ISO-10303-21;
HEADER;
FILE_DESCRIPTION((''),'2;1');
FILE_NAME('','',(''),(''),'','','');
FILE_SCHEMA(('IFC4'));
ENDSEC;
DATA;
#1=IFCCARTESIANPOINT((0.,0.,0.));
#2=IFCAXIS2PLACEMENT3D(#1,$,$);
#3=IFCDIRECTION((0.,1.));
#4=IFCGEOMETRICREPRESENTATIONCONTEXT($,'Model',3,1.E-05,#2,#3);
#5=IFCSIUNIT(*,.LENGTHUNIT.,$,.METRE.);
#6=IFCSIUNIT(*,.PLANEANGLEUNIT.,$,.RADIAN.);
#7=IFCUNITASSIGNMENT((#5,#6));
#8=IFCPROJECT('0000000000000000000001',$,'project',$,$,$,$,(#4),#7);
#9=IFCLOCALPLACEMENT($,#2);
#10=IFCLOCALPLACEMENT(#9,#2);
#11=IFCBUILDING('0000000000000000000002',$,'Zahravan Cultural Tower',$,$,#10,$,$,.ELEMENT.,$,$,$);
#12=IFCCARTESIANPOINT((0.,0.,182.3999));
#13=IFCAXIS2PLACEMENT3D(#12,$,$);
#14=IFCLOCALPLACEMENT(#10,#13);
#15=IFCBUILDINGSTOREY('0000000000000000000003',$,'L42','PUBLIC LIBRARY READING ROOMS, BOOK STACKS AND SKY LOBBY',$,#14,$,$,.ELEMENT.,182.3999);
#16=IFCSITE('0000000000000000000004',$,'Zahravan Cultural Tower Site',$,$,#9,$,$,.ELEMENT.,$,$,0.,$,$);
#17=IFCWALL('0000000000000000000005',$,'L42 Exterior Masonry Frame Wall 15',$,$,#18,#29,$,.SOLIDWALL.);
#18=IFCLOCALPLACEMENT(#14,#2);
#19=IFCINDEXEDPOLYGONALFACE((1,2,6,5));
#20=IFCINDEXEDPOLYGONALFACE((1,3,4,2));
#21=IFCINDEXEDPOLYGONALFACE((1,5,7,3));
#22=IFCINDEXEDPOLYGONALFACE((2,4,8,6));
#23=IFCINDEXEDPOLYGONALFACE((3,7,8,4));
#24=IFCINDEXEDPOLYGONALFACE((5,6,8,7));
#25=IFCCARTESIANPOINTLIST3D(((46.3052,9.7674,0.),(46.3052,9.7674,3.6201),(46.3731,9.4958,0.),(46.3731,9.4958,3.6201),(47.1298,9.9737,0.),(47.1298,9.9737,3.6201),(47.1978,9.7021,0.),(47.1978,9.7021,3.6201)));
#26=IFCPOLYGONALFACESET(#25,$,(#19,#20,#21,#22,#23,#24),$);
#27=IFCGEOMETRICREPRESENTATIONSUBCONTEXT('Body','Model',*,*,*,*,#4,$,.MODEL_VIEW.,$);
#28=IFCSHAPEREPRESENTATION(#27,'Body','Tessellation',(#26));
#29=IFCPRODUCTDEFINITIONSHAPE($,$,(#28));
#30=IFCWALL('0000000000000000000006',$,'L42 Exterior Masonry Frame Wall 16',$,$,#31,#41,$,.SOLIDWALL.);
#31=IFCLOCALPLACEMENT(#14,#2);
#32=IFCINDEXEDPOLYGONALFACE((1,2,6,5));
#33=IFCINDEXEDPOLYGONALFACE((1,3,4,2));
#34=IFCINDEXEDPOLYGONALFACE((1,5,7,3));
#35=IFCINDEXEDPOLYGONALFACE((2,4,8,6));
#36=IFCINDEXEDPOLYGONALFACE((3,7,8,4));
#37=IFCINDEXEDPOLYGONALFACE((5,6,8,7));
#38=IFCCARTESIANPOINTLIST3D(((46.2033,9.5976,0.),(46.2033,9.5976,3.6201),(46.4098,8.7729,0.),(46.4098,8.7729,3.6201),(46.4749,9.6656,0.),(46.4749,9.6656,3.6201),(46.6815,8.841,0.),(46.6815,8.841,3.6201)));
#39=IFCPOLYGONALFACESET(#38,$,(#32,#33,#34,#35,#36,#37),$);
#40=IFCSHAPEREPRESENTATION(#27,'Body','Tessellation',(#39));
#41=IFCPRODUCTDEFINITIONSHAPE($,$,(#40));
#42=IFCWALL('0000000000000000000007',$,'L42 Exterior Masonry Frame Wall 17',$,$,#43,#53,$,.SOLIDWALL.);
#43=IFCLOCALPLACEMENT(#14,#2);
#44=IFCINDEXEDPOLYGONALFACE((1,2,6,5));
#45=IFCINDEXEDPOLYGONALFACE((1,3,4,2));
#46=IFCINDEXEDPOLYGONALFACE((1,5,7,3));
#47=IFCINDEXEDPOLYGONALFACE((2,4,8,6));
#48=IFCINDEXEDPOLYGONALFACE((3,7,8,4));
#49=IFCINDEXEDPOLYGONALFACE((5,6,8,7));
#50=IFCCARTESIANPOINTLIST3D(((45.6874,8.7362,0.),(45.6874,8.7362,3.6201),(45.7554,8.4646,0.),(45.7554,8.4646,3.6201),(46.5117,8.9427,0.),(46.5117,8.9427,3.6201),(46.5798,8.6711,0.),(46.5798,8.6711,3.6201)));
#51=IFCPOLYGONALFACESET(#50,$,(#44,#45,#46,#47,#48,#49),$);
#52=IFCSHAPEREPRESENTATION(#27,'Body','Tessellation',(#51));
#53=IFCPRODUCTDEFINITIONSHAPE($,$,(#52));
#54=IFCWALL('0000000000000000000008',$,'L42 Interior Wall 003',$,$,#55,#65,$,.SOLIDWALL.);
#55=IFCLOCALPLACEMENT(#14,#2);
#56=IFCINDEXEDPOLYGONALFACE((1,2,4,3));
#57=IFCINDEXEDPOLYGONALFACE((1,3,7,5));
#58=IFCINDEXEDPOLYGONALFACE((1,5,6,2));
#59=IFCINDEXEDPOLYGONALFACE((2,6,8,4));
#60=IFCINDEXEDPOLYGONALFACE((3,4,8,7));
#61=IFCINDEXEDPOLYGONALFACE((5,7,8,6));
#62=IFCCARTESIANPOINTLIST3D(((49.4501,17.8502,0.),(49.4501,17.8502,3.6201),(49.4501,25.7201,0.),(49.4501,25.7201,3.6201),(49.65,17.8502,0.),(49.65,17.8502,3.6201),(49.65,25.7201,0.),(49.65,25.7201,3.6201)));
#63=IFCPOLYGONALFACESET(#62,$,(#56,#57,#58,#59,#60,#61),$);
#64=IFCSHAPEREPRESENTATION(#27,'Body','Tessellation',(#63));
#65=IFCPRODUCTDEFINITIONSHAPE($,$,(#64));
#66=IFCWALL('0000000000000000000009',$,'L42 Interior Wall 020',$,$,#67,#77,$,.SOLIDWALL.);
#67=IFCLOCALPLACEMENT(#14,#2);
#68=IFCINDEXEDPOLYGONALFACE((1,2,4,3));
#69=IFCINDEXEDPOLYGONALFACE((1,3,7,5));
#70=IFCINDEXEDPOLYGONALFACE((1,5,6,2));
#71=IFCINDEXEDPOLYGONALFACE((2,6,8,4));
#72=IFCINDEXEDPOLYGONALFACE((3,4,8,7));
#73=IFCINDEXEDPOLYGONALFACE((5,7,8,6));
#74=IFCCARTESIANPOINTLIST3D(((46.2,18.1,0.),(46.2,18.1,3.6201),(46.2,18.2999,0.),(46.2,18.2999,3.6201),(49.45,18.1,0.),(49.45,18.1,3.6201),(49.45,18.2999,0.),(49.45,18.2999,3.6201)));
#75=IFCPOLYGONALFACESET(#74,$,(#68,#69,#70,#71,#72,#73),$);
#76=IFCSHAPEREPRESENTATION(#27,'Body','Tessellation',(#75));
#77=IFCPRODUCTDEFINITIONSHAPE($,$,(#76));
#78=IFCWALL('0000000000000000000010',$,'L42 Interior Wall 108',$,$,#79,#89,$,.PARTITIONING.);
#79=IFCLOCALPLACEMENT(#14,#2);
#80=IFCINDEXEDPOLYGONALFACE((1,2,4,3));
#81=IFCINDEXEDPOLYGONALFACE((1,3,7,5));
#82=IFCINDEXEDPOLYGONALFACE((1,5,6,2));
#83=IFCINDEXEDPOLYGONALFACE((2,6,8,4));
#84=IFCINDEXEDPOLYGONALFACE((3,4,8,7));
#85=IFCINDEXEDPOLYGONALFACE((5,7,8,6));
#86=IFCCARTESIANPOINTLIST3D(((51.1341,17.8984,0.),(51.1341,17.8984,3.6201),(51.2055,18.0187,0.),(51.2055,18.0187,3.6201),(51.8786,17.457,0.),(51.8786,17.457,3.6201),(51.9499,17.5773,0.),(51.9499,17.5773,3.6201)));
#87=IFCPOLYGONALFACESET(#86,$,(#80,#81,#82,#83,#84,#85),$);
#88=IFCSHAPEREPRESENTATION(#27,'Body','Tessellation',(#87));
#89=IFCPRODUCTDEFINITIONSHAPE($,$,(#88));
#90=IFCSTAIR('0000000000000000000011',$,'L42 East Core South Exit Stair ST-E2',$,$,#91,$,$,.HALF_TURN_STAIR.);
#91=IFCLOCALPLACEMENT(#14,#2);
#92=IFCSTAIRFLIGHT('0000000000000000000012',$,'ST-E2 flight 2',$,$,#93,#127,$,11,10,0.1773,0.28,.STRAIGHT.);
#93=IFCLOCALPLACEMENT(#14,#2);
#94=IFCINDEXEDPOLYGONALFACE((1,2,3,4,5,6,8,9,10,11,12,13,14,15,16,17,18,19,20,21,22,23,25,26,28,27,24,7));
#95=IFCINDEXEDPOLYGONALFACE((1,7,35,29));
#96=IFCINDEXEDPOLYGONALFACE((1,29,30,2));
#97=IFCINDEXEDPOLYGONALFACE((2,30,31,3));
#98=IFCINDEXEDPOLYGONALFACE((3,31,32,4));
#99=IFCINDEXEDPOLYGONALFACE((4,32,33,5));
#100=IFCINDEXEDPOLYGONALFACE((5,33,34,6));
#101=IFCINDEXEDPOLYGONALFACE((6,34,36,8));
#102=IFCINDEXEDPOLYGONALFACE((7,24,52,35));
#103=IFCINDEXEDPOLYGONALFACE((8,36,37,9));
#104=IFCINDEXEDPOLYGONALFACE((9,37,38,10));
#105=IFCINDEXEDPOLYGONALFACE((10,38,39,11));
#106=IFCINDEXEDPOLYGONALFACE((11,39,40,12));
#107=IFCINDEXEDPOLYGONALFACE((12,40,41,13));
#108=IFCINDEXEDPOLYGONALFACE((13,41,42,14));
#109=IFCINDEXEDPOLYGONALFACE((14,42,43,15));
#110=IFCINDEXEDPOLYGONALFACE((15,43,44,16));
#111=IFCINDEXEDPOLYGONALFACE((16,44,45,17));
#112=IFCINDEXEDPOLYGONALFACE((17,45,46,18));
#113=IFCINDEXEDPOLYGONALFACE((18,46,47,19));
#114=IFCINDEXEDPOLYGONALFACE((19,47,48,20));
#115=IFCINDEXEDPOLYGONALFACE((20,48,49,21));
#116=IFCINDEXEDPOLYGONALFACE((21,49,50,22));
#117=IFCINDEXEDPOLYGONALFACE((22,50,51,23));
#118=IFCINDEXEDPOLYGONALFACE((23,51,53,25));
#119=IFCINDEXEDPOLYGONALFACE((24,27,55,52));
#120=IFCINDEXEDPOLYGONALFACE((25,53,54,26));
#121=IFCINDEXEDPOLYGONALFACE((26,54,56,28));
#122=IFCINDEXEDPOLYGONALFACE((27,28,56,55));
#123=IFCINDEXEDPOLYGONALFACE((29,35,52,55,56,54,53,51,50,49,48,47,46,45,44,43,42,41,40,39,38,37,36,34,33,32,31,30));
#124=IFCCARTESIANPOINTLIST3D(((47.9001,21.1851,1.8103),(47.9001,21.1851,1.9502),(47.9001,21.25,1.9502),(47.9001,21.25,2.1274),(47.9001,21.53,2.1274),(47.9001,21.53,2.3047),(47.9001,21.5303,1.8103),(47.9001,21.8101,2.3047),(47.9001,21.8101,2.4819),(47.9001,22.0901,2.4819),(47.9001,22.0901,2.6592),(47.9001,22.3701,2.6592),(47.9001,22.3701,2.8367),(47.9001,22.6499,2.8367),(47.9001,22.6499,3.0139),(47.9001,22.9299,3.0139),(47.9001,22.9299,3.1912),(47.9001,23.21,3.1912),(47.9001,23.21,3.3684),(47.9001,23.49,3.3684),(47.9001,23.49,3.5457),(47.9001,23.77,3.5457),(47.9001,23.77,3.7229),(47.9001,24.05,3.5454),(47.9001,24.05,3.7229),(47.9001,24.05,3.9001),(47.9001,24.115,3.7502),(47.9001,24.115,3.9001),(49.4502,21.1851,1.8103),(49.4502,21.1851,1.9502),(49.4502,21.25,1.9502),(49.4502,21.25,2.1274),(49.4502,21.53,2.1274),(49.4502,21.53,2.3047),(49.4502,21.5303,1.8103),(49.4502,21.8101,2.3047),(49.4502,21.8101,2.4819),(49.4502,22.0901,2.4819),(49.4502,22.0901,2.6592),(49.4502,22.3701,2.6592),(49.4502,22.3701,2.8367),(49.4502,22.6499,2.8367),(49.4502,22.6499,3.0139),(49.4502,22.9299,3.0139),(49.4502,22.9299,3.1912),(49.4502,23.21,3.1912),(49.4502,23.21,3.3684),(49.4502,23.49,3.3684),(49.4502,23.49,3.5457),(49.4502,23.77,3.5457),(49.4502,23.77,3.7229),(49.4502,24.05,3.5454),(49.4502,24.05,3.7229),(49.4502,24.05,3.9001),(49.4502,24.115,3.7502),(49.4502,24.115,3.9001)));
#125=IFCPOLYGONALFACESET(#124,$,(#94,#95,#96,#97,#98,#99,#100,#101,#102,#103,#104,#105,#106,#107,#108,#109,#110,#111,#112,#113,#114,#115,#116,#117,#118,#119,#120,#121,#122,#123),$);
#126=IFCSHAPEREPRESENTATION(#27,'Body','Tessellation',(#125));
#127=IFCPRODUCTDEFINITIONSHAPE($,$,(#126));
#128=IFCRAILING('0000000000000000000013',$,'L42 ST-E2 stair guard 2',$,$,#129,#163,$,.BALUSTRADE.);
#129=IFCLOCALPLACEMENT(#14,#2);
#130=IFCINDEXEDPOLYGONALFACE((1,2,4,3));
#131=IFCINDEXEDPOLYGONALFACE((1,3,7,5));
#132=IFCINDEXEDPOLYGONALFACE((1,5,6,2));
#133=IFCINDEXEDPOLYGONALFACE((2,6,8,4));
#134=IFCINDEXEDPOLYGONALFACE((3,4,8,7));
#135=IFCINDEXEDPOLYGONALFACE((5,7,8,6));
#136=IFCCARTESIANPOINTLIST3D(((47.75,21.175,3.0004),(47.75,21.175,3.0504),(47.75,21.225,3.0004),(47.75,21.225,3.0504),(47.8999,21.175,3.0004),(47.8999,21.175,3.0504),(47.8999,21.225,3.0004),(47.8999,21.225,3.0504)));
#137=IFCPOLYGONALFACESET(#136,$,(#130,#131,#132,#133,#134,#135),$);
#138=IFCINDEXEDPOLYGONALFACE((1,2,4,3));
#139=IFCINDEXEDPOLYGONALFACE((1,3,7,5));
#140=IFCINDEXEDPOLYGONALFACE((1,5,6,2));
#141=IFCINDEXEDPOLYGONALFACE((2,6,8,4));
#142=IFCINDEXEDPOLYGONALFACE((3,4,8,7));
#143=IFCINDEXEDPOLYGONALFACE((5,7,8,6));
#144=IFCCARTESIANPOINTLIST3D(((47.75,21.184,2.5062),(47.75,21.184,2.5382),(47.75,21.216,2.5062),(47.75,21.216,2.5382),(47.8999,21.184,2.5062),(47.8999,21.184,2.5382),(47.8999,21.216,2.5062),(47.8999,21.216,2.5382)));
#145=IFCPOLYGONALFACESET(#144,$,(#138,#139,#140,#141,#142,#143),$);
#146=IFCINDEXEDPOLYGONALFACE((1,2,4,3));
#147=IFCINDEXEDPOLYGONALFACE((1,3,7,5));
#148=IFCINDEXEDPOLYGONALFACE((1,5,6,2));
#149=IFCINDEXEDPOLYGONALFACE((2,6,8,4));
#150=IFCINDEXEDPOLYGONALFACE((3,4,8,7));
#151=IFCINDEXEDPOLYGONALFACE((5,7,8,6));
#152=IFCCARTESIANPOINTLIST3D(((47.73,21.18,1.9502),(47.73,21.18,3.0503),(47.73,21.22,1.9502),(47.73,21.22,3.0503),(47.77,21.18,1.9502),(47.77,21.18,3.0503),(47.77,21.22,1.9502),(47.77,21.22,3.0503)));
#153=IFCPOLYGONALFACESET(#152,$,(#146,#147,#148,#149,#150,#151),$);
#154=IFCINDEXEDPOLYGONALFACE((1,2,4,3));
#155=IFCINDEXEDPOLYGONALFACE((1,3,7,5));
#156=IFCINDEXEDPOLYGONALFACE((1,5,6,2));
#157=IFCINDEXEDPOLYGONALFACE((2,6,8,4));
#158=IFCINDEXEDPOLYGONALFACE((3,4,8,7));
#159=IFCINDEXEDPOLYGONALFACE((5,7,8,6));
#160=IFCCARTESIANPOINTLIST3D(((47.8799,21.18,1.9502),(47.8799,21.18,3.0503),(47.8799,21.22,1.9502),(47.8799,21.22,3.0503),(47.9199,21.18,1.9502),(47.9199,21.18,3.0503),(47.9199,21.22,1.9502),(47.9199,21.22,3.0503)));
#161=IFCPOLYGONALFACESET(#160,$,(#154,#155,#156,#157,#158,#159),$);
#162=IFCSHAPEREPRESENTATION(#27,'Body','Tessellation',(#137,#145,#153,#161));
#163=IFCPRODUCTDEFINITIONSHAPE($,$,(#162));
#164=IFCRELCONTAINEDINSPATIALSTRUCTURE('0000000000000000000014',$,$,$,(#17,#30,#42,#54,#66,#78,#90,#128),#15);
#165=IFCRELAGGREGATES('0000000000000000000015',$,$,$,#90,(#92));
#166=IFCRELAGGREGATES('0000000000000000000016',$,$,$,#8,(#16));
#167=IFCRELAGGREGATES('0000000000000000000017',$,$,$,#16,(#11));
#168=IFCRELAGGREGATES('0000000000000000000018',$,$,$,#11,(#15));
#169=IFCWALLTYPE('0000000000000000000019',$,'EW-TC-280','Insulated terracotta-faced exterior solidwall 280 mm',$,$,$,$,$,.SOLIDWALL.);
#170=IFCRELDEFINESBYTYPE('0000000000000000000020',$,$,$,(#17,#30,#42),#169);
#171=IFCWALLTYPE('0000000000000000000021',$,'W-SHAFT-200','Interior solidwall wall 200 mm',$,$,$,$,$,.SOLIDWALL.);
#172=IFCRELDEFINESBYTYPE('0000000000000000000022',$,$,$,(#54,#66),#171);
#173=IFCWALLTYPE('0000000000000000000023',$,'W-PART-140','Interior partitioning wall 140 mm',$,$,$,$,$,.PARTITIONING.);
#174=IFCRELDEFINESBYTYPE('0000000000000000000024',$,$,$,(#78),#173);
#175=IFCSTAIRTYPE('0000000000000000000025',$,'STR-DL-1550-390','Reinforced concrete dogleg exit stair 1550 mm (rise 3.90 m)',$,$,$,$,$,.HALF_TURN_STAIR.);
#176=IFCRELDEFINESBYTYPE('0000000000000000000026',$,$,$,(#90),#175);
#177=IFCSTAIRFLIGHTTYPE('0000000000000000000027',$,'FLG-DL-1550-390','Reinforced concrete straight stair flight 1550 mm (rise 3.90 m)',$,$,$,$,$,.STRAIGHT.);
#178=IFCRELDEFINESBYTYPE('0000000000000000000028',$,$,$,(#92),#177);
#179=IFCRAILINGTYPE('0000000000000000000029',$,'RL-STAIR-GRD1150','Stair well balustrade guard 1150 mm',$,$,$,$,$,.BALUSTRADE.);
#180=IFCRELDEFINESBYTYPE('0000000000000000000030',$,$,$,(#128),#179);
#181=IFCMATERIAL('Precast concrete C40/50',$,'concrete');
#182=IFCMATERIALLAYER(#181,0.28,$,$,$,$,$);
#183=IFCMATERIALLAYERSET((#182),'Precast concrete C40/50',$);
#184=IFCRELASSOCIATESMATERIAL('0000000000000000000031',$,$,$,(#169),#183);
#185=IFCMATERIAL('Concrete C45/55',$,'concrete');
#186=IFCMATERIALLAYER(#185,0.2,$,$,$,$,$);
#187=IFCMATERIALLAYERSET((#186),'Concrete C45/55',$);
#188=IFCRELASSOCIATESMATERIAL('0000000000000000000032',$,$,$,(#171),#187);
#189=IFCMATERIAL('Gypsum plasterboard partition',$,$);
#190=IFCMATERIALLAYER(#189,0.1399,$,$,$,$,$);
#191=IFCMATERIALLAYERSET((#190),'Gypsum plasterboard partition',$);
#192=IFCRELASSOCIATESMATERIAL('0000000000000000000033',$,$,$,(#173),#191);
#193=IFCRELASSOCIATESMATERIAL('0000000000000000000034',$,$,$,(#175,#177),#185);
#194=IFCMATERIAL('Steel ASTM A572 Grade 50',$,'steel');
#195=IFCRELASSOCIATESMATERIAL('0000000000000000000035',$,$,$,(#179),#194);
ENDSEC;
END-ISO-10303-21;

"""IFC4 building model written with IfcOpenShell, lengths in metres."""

from ifc_helpers import new_model, si_unit, direction, frame, frame_2d, origin, origin_2d, place, context, subcontext, project, spatial, polyline, rectangle, outline, extrude, source, transform, mapped, material, layer, layer_set, type_object, element, aggregate, save


model = new_model("IFC4")

# Units and contexts
model_context = context("Model", 3, precision=1e-05, world=origin(), true_north=direction((0.0, 1.0)))
body_context = subcontext(model_context, "Body", "Model", "MODEL_VIEW")
ifc_project = project(units=[si_unit("LENGTHUNIT", "METRE"), si_unit("PLANEANGLEUNIT", "RADIAN")], contexts=[model_context])

# Site, building, storey
site_placement = place(None, origin())
site = spatial("IfcSite", under=ifc_project, at=site_placement, Name="Zahravan Cultural Tower Site", CompositionType="ELEMENT", RefElevation=0.0)
building_placement = place(site_placement, origin())
building = spatial("IfcBuilding", under=site, at=building_placement, Name="Zahravan Cultural Tower", CompositionType="ELEMENT")
storey_placement = place(building_placement, frame((0.0, 0.0, 182.3999)))
storey = spatial("IfcBuildingStorey", under=building, at=storey_placement, Name="L42", Description="PUBLIC LIBRARY READING ROOMS, BOOK STACKS AND SKY LOBBY", CompositionType="ELEMENT", Elevation=182.3999)

# Shared definitions
ifc_material_1 = material(Name="Precast concrete C40/50", Category="concrete")
ifc_layer_1 = layer(ifc_material_1, 0.28)
ifc_layer_set_1 = layer_set([ifc_layer_1], Name="Precast concrete C40/50")
wall_type_1 = type_object("IfcWallType", Name="EW-TC-280", Description="Insulated terracotta-faced exterior solidwall 280 mm", PredefinedType="SOLIDWALL", material=ifc_layer_set_1)

# Shared definitions
ifc_material_2 = material(Name="Concrete C45/55", Category="concrete")
ifc_layer_2 = layer(ifc_material_2, 0.2)
ifc_layer_set_2 = layer_set([ifc_layer_2], Name="Concrete C45/55")
wall_type_2 = type_object("IfcWallType", Name="W-SHAFT-200", Description="Interior solidwall wall 200 mm", PredefinedType="SOLIDWALL", material=ifc_layer_set_2)
ifc_material_3 = material(Name="Steel ASTM A572 Grade 50", Category="steel")

# Walls
shared_shape_1 = source(origin(), body_context, "Body", "SweptSolid", [
    extrude(rectangle(XDim=0.8501, YDim=0.28, at=frame_2d((0.425, 0.0))), origin(), (0.0, 0.0, 1.0), 3.6201),
])
for number, where, z_axis, x_axis, name in (
    (1, (47.1638, 9.8379, 0.0), (0.0, 0.0, 1.0), (-0.970109, -0.242671, 0.0), "L42 Exterior Masonry Frame Wall 15"),
    (2, (46.3391, 9.6316, 0.0), (0.0, 0.0, 1.0), (0.242941, -0.970041, 0.0), "L42 Exterior Masonry Frame Wall 16"),
):
    element("IfcWall", number, at=place(storey_placement, frame(where, z_axis=z_axis, x_axis=x_axis)), inside=storey, type_object=wall_type_1, Name=name, PredefinedType="SOLIDWALL", context=body_context, shape_type="MappedRepresentation", body=[
        mapped(shared_shape_1, transform((0.0, 0.0, 0.0), x_axis=(1.0, 0.0, 0.0), y_axis=(0.0, 1.0, 0.0), z_axis=(0.0, 0.0, 1.0), scale=1.0)),
    ])
shared_shape_2 = source(origin(), body_context, "Body", "SweptSolid", [
    extrude(rectangle(XDim=0.8499, YDim=0.28, at=frame_2d((0.4248, 0.0))), origin(), (0.0, 0.0, 1.0), 3.6201),
])
wall_1_placement = place(storey_placement, frame((46.5457, 8.8069, 0.0), z_axis=(0.0, 0.0, 1.0), x_axis=(-0.970024, -0.243009, 0.0)))
element("IfcWall", 3, at=wall_1_placement, inside=storey, type_object=wall_type_1, Name="L42 Exterior Masonry Frame Wall 17", PredefinedType="SOLIDWALL", context=body_context, shape_type="MappedRepresentation", body=[
    mapped(shared_shape_2, transform((0.0, 0.0, 0.0), x_axis=(1.0, 0.0, 0.0), y_axis=(0.0, 1.0, 0.0), z_axis=(0.0, 0.0, 1.0), scale=1.0)),
])
shared_shape_3 = source(origin(), body_context, "Body", "SweptSolid", [
    extrude(rectangle(XDim=7.8699, YDim=0.2, at=frame_2d((3.9351, 0.0))), origin(), (0.0, 0.0, 1.0), 3.6201),
])
wall_2_placement = place(storey_placement, frame((49.55, 17.8501, 0.0), z_axis=(0.0, 0.0, 1.0), x_axis=(0.0, 1.0, 0.0)))
element("IfcWall", 4, at=wall_2_placement, inside=storey, type_object=wall_type_2, Name="L42 Interior Wall 003", PredefinedType="SOLIDWALL", context=body_context, shape_type="MappedRepresentation", body=[
    mapped(shared_shape_3, transform((0.0, 0.0, 0.0), x_axis=(1.0, 0.0, 0.0), y_axis=(0.0, 1.0, 0.0), z_axis=(0.0, 0.0, 1.0), scale=1.0)),
])
shared_shape_4 = source(origin(), body_context, "Body", "SweptSolid", [
    extrude(rectangle(XDim=3.25, YDim=0.2, at=frame_2d((1.625, 0.0))), origin(), (0.0, 0.0, 1.0), 3.6201),
])
wall_3_placement = place(storey_placement, frame((46.2, 18.2, 0.0), z_axis=(0.0, 0.0, 1.0), x_axis=(1.0, 0.0, 0.0)))
element("IfcWall", 5, at=wall_3_placement, inside=storey, type_object=wall_type_2, Name="L42 Interior Wall 020", PredefinedType="SOLIDWALL", context=body_context, shape_type="MappedRepresentation", body=[
    mapped(shared_shape_4, transform((0.0, 0.0, 0.0), x_axis=(1.0, 0.0, 0.0), y_axis=(0.0, 1.0, 0.0), z_axis=(0.0, 0.0, 1.0), scale=1.0)),
])
ifc_material_4 = material(Name="Gypsum plasterboard partition")
ifc_layer_3 = layer(ifc_material_4, 0.1399)
ifc_layer_set_3 = layer_set([ifc_layer_3], Name="Gypsum plasterboard partition")
wall_type_3 = type_object("IfcWallType", Name="W-PART-140", Description="Interior partitioning wall 140 mm", PredefinedType="PARTITIONING", material=ifc_layer_set_3)
shared_shape_5 = source(origin(), body_context, "Body", "SweptSolid", [
    extrude(rectangle(XDim=0.8655, YDim=0.1399, at=frame_2d((0.4326, 0.0))), origin(), (0.0, 0.0, 1.0), 3.6201),
])
wall_4_placement = place(storey_placement, frame((51.1699, 17.9585, 0.0), z_axis=(0.0, 0.0, 1.0), x_axis=(0.860145, -0.51005, 0.0)))
element("IfcWall", 6, at=wall_4_placement, inside=storey, type_object=wall_type_3, Name="L42 Interior Wall 108", PredefinedType="PARTITIONING", context=body_context, shape_type="MappedRepresentation", body=[
    mapped(shared_shape_5, transform((0.0, 0.0, 0.0), x_axis=(1.0, 0.0, 0.0), y_axis=(0.0, 1.0, 0.0), z_axis=(0.0, 0.0, 1.0), scale=1.0)),
])

# Stair, stair flight
stair_type = type_object("IfcStairType", Name="STR-DL-1550-390", Description="Reinforced concrete dogleg exit stair 1550 mm (rise 3.90 m)", PredefinedType="HALF_TURN_STAIR", material=ifc_material_2)
stair_placement = place(storey_placement, origin())
stair = element("IfcStair", 7, at=stair_placement, inside=storey, type_object=stair_type, Name="L42 East Core South Exit Stair ST-E2", PredefinedType="HALF_TURN_STAIR")
stair_flight_type = type_object("IfcStairFlightType", Name="FLG-DL-1550-390", Description="Reinforced concrete straight stair flight 1550 mm (rise 3.90 m)", PredefinedType="STRAIGHT", material=ifc_material_2)
stair_flight_placement = place(storey_placement, frame((48.675, 21.25, 1.9502), z_axis=(0.0, 0.0, 1.0), x_axis=(0.0, 1.0, 0.0)))
stair_flight = element("IfcStairFlight", 8, at=stair_flight_placement, type_object=stair_flight_type, Name="ST-E2 flight 2", NumberOfRisers=11, NumberOfTreads=10, PredefinedType="STRAIGHT", RiserHeight=0.1773, TreadLength=0.28, context=body_context, shape_type="SweptSolid", body=[
    extrude(outline(polyline([(-0.0649, -0.1399), (-0.0649, 0.0), (0.0, 0.0), (0.0, 0.1772), (0.28, 0.1772), (0.28, 0.3545), (0.5601, 0.3545), (0.5601, 0.5317), (0.8401, 0.5317), (0.8401, 0.709), (1.1201, 0.709), (1.1201, 0.8865), (1.3999, 0.8865), (1.3999, 1.0637), (1.6799, 1.0637), (1.6799, 1.241), (1.96, 1.241), (1.96, 1.4182), (2.24, 1.4182), (2.24, 1.5955), (2.52, 1.5955), (2.52, 1.7727), (2.8, 1.7727), (2.8, 1.95), (2.865, 1.95), (2.865, 1.8), (2.8, 1.5952), (0.2803, -0.1399), (-0.0649, -0.1399)])), frame((0.0, 0.7749, 0.0), z_axis=(0.0, -1.0, 0.0), x_axis=(1.0, 0.0, 0.0)), (0.0, 0.0, 1.0), 1.55),
])
aggregate(stair, [stair_flight])

# Railing
railing_type = type_object("IfcRailingType", Name="RL-STAIR-GRD1150", Description="Stair well balustrade guard 1150 mm", PredefinedType="BALUSTRADE", material=ifc_material_3)
railing_1_placement = place(storey_placement, frame((47.75, 21.2, 1.9502)))
element("IfcRailing", 9, at=railing_1_placement, inside=storey, type_object=railing_type, Name="L42 ST-E2 stair guard 2", PredefinedType="BALUSTRADE", context=body_context, shape_type="SweptSolid", body=[
    extrude(rectangle(XDim=0.05, YDim=0.05, at=origin_2d()), frame((0.0, 0.0, 1.0752), z_axis=(1.0, 0.0, 0.0), x_axis=(0.0, 1.0, 0.0)), (0.0, 0.0, 1.0), 0.1499),
    extrude(rectangle(XDim=0.032, YDim=0.032, at=origin_2d()), frame((0.0, 0.0, 0.572), z_axis=(1.0, 0.0, 0.0), x_axis=(0.0, 1.0, 0.0)), (0.0, 0.0, 1.0), 0.1499),
    extrude(rectangle(XDim=0.04, YDim=0.04, at=origin_2d()), origin(), (0.0, 0.0, 1.0), 1.1001),
    extrude(rectangle(XDim=0.04, YDim=0.04, at=origin_2d()), frame((0.1499, 0.0, 0.0)), (0.0, 0.0, 1.0), 1.1001),
])

save(model, "model.ifc")
